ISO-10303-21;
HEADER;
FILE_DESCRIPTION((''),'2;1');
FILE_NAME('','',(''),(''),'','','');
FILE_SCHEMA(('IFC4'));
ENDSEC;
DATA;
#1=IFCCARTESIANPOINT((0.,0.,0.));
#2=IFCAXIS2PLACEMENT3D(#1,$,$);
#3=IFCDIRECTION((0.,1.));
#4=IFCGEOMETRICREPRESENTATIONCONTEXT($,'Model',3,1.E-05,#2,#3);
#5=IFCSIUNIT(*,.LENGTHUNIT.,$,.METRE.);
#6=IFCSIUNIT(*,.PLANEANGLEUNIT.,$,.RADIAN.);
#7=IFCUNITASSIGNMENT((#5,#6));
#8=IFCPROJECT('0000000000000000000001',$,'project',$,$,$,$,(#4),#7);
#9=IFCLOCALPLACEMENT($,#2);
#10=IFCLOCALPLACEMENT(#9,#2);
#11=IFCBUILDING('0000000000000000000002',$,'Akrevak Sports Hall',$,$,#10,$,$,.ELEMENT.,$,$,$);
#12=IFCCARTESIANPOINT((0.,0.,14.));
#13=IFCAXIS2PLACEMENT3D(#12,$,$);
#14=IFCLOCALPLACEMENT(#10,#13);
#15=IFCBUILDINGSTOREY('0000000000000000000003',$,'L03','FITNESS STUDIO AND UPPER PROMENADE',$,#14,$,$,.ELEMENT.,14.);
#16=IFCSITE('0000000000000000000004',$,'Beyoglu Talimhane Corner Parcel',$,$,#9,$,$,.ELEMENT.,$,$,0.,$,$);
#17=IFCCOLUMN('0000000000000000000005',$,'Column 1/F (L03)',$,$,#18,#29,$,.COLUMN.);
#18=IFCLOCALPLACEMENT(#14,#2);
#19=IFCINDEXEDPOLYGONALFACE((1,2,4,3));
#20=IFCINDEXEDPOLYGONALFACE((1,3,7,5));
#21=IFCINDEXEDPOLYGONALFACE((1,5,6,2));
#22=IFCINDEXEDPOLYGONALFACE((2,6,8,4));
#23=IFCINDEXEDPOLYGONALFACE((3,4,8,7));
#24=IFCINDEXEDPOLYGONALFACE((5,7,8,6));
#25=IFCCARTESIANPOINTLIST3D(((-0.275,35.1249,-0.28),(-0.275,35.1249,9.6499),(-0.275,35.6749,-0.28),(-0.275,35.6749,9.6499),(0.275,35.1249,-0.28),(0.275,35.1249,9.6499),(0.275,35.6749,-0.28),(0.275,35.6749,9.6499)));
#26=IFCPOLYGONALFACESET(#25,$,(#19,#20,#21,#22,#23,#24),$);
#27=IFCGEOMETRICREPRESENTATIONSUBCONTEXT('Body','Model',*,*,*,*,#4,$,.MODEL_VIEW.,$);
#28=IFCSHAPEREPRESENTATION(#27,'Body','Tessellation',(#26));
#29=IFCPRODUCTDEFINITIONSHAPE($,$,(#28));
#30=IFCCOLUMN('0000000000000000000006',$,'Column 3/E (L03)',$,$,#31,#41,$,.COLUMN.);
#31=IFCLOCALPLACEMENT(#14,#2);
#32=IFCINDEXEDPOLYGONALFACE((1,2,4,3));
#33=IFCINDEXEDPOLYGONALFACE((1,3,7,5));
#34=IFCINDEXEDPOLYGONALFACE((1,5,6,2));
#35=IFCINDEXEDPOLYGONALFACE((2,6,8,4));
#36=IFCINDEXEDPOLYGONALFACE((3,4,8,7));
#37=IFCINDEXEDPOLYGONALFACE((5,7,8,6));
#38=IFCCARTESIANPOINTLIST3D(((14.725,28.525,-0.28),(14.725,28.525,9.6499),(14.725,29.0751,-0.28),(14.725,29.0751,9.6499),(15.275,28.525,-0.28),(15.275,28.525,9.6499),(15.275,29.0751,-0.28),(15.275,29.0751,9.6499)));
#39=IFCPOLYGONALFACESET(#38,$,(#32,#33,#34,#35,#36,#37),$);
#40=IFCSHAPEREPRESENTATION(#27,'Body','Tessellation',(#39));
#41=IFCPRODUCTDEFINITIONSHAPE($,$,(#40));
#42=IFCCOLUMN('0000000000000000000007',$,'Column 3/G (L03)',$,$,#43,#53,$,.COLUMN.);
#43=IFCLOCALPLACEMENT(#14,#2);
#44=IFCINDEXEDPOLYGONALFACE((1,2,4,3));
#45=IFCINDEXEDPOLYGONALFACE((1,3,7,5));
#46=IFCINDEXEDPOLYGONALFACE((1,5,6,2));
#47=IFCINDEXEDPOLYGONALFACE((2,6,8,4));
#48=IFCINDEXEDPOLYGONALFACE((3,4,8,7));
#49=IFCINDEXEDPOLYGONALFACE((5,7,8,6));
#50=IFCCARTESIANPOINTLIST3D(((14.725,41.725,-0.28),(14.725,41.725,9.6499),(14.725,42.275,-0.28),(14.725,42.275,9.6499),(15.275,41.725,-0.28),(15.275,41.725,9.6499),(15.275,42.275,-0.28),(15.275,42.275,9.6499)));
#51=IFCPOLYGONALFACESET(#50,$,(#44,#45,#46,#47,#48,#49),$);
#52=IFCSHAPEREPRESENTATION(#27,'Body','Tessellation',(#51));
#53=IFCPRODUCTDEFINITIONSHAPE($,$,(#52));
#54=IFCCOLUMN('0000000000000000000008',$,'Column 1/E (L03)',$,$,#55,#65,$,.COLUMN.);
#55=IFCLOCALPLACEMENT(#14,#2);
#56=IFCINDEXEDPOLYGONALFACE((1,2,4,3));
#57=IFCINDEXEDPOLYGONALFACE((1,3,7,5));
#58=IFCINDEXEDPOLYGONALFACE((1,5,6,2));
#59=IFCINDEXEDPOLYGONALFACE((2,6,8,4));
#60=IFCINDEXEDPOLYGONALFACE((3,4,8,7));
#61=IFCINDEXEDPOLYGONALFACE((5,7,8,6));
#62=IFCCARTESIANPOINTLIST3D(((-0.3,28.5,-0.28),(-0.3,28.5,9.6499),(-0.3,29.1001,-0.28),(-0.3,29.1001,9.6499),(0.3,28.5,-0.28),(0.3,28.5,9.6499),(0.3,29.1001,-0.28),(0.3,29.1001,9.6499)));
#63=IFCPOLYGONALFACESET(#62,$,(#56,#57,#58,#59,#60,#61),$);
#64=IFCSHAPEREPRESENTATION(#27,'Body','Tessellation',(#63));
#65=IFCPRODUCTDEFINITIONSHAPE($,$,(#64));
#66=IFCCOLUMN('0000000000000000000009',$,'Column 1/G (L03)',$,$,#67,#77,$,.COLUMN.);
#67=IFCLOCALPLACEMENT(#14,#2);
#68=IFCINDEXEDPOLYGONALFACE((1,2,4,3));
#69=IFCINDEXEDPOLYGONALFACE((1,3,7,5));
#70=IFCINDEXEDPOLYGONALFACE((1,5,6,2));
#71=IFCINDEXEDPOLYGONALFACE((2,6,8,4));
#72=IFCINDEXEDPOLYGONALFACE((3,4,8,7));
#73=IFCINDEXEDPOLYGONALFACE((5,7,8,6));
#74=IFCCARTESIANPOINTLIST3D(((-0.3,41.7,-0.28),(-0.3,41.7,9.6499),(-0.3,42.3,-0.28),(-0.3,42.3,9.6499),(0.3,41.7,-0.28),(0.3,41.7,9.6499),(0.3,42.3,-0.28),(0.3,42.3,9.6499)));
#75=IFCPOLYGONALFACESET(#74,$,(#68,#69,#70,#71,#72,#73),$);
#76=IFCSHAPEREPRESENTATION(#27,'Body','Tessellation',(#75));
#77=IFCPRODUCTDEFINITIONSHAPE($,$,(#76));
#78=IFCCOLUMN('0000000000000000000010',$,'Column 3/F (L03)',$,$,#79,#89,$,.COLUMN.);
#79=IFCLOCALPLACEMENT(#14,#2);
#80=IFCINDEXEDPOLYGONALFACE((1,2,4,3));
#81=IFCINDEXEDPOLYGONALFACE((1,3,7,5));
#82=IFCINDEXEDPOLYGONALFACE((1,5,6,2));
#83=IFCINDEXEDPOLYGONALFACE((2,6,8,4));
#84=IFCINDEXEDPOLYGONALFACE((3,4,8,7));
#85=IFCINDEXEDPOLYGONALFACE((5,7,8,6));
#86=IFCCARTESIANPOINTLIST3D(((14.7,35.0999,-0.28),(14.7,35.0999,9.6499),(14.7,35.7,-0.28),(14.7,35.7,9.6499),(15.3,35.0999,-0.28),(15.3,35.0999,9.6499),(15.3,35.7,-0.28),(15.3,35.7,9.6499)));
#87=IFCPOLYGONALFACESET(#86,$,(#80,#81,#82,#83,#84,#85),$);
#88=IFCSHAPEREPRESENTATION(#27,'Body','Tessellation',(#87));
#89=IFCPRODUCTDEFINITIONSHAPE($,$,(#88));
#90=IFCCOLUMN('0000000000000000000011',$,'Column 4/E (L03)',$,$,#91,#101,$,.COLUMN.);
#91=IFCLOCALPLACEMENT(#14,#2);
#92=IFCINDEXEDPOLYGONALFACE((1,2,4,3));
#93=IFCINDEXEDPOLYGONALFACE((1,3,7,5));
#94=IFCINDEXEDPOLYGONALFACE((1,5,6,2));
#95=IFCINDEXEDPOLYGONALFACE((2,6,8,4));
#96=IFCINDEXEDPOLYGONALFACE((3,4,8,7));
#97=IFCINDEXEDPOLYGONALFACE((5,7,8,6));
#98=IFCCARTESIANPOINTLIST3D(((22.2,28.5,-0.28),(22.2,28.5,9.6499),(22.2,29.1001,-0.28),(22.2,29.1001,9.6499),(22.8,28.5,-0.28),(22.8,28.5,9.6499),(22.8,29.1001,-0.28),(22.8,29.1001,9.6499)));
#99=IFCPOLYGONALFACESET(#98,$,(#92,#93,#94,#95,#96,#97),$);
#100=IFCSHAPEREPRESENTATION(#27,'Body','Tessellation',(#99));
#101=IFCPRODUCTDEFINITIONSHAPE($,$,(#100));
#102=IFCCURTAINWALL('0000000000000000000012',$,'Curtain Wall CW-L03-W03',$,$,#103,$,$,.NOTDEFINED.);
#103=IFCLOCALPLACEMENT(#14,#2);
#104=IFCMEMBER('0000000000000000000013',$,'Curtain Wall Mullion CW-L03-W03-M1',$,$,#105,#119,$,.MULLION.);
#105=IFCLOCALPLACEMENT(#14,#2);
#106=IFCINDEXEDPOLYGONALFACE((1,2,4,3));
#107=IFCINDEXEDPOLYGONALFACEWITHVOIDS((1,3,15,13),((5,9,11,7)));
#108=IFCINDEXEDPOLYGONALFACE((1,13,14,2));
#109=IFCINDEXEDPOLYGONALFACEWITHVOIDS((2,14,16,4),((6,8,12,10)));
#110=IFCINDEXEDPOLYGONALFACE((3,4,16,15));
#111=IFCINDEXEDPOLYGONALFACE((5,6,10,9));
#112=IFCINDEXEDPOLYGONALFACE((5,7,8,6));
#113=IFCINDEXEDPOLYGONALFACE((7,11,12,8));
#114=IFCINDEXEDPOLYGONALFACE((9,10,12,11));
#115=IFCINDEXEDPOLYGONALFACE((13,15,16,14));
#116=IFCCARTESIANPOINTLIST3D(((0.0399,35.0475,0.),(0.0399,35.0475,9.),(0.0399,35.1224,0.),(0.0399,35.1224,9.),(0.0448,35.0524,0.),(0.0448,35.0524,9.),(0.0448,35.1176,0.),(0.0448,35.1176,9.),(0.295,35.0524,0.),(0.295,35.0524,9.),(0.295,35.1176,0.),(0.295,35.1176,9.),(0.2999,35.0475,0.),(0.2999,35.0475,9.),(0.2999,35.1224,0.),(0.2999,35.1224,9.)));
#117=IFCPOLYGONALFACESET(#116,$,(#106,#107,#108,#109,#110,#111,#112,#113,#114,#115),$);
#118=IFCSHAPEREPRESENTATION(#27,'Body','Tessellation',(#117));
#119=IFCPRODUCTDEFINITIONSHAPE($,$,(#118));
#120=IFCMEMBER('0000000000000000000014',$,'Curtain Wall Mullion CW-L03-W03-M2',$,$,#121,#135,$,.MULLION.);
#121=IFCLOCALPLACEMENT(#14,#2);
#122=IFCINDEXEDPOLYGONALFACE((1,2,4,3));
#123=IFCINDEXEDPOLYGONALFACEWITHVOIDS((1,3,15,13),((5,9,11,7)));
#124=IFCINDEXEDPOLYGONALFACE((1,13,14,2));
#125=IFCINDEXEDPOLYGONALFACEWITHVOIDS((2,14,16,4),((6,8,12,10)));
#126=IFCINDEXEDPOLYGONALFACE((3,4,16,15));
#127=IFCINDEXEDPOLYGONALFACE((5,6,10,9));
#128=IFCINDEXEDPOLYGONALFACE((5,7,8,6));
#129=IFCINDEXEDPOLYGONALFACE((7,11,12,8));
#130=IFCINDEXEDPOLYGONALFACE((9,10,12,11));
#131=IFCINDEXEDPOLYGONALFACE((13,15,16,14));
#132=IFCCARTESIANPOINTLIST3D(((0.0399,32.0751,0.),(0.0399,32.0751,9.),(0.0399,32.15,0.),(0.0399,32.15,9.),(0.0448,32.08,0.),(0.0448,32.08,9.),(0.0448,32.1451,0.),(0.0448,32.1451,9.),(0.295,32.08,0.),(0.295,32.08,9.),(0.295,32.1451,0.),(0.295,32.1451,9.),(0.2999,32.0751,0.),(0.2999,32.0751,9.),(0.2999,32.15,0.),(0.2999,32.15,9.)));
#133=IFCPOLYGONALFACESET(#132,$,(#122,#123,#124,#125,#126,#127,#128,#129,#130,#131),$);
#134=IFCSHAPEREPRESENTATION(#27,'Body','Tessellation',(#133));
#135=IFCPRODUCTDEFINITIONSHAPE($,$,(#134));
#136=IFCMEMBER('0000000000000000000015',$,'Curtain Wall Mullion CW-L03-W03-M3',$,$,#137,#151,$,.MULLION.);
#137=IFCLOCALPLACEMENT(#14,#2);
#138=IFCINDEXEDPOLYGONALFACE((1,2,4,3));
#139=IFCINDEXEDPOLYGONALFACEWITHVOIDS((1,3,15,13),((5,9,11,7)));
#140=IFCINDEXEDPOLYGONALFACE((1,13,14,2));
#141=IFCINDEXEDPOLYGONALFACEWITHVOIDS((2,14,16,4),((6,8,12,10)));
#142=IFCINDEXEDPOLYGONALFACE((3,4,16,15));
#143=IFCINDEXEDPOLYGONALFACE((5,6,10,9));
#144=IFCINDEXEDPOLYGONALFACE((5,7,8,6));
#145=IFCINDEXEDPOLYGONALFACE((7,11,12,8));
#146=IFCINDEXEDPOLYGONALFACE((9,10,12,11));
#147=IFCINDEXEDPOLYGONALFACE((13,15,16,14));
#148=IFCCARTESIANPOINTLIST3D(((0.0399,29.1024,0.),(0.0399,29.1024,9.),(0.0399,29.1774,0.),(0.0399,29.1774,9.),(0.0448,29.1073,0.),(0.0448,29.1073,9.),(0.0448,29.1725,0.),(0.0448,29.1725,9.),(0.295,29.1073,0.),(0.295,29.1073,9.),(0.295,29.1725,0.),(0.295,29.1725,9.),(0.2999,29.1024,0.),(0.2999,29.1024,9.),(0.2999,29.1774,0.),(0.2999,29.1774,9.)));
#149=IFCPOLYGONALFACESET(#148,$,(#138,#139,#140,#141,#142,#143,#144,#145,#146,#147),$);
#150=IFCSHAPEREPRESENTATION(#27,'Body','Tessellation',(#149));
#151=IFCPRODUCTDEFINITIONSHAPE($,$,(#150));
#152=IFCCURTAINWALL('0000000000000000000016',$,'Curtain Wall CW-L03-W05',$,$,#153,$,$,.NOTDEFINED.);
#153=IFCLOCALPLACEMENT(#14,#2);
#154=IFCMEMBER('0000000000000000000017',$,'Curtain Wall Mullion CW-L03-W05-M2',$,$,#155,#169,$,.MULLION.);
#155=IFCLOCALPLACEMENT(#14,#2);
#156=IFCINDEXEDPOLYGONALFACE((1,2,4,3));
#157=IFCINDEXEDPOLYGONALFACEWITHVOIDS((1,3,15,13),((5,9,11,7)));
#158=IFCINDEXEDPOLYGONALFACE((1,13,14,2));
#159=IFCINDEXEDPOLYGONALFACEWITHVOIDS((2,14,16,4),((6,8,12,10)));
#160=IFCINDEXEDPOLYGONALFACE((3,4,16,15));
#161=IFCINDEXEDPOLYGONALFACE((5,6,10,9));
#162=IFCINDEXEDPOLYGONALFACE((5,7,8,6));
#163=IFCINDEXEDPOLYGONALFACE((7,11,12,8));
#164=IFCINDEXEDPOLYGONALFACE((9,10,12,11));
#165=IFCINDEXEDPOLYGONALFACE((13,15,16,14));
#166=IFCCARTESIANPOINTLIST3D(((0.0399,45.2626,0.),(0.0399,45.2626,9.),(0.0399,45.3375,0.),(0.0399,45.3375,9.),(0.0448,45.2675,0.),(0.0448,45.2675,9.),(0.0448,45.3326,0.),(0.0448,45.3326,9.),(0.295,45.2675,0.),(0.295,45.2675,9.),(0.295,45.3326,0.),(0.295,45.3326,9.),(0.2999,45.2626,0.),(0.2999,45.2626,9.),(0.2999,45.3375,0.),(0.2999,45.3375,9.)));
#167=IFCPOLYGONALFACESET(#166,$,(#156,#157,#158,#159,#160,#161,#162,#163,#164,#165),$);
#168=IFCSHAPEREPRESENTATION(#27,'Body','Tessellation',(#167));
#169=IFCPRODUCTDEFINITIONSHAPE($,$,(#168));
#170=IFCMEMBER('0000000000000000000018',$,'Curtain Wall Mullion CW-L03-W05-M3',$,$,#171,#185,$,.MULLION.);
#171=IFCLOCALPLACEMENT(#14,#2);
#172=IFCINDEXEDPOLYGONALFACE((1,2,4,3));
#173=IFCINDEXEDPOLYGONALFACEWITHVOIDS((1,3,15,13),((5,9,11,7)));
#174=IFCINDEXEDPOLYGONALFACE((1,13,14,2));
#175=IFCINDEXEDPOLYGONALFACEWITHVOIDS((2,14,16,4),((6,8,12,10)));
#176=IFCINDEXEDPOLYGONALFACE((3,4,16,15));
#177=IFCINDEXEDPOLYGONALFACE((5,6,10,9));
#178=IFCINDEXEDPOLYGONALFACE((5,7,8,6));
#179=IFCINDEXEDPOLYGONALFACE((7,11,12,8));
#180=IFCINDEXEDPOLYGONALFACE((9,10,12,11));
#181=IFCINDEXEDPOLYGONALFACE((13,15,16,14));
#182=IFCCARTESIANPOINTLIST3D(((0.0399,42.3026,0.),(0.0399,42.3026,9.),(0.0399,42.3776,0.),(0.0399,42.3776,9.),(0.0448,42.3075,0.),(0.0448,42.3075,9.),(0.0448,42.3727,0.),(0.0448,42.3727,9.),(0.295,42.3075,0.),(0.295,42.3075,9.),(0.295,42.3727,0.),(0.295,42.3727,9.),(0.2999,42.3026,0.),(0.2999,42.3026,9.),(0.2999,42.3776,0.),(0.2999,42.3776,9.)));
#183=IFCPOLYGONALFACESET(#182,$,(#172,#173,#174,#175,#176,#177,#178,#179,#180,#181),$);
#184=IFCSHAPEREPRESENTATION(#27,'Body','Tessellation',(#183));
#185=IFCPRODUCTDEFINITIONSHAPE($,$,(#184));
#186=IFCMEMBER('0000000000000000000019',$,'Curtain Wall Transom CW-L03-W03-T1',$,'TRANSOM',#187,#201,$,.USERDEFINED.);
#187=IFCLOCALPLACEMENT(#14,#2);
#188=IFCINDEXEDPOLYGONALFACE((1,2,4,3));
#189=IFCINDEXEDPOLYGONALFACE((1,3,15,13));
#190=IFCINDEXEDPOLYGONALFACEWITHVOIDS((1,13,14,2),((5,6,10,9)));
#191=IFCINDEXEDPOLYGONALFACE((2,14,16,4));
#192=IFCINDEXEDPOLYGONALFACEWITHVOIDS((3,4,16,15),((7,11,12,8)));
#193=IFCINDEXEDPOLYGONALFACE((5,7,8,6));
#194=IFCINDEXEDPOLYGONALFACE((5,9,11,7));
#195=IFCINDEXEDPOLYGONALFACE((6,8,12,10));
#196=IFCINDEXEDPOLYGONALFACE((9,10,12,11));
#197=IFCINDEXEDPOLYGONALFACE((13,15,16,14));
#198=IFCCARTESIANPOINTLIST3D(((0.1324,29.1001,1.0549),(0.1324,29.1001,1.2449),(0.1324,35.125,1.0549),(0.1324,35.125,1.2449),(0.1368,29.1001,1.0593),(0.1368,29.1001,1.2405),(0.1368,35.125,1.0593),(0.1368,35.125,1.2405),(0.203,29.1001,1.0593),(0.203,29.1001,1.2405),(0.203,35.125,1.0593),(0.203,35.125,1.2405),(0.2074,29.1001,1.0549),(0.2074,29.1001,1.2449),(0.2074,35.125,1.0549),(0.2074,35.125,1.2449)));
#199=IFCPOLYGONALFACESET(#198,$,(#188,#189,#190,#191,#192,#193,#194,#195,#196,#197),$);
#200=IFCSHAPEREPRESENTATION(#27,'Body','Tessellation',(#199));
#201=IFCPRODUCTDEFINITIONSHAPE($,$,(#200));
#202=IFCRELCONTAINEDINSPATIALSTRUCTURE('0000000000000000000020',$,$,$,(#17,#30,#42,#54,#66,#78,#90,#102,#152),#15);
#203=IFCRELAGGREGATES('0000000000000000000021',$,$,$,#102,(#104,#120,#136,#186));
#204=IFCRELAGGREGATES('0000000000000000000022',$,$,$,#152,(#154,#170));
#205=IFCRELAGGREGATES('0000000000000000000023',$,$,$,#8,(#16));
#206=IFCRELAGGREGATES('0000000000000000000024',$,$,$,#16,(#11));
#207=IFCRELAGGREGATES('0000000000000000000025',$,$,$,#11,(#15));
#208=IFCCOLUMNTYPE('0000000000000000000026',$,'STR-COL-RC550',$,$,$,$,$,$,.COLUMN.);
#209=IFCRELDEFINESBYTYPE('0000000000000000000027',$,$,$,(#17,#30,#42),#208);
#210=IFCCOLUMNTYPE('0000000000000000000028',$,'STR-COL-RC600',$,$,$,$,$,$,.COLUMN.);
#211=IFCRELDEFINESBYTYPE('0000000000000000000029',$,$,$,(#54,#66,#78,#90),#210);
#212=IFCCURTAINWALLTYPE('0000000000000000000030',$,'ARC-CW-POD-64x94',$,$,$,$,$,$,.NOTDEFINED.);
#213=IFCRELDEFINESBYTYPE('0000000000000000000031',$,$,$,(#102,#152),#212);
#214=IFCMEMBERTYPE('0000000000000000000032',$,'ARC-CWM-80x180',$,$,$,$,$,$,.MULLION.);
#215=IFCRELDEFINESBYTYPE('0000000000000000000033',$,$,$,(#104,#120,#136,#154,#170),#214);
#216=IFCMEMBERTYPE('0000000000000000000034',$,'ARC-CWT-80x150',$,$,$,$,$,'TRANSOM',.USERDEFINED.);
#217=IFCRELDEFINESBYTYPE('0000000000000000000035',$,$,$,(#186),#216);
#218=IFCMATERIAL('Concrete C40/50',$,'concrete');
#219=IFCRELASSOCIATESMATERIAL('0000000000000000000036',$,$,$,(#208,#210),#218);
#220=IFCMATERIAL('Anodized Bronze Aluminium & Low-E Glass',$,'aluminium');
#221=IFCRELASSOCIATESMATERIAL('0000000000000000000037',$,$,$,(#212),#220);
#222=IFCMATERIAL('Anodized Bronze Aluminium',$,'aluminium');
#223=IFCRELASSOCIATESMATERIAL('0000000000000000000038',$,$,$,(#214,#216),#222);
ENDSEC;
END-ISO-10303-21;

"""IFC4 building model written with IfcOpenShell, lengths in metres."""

from ifc_helpers import new_model, si_unit, direction, frame, origin, origin_2d, place, context, subcontext, project, spatial, rectangle, hollow_rectangle, extrude, material, material_profile, profile_set, type_object, element, aggregate, save


model = new_model("IFC4")

# Units and contexts
model_context = context("Model", 3, precision=1e-05, world=origin(), true_north=direction((0.0, 1.0)))
body_context = subcontext(model_context, "Body", "Model", "MODEL_VIEW")
ifc_project = project(units=[si_unit("LENGTHUNIT", "METRE"), si_unit("PLANEANGLEUNIT", "RADIAN")], contexts=[model_context])

# Site, building, storey
site_placement = place(None, origin())
site = spatial("IfcSite", under=ifc_project, at=site_placement, Name="Beyoglu Talimhane Corner Parcel", CompositionType="ELEMENT", RefElevation=0.0)
building_placement = place(site_placement, origin())
building = spatial("IfcBuilding", under=site, at=building_placement, Name="Akrevak Sports Hall", CompositionType="ELEMENT")
storey_placement = place(building_placement, frame((0.0, 0.0, 14.0)))
storey = spatial("IfcBuildingStorey", under=building, at=storey_placement, Name="L03", Description="FITNESS STUDIO AND UPPER PROMENADE", CompositionType="ELEMENT", Elevation=14.0)

# Columns
ifc_material_1 = material(Name="Concrete C40/50", Category="concrete")
ifc_material_profile_1 = material_profile(ifc_material_1, rectangle(XDim=0.55, YDim=0.55, at=origin_2d()), Name="RC 550x550", Category="concrete")
ifc_profile_set_1 = profile_set([ifc_material_profile_1], Name="Concrete C40/50")
column_type_1 = type_object("IfcColumnType", Name="STR-COL-RC550", PredefinedType="COLUMN", material=ifc_profile_set_1)
for number, where, z_axis, x_axis, name in (
    (1, (0.0, 35.3999, -0.28), (0.0, 0.0, 1.0), (1.0, 0.0, 0.0), "Column 1/F (L03)"),
    (2, (15.0, 28.8, -0.28), (0.0, 0.0, 1.0), (1.0, 0.0, 0.0), "Column 3/E (L03)"),
    (3, (15.0, 42.0, -0.28), (0.0, 0.0, 1.0), (1.0, 0.0, 0.0), "Column 3/G (L03)"),
):
    element("IfcColumn", number, at=place(storey_placement, frame(where, z_axis=z_axis, x_axis=x_axis)), inside=storey, type_object=column_type_1, Name=name, PredefinedType="COLUMN", context=body_context, shape_type="SweptSolid", body=[
        extrude(rectangle(XDim=0.55, YDim=0.55, at=origin_2d()), origin(), (0.0, 0.0, 1.0), 9.9299),
    ])
ifc_material_profile_2 = material_profile(ifc_material_1, rectangle(XDim=0.6001, YDim=0.6001, at=origin_2d()), Name="RC 600x600", Category="concrete")
ifc_profile_set_2 = profile_set([ifc_material_profile_2], Name="Concrete C40/50")
column_type_2 = type_object("IfcColumnType", Name="STR-COL-RC600", PredefinedType="COLUMN", material=ifc_profile_set_2)
for number, where, z_axis, x_axis, name in (
    (4, (0.0, 28.8, -0.28), (0.0, 0.0, 1.0), (1.0, 0.0, 0.0), "Column 1/E (L03)"),
    (5, (0.0, 42.0, -0.28), (0.0, 0.0, 1.0), (1.0, 0.0, 0.0), "Column 1/G (L03)"),
    (6, (15.0, 35.3999, -0.28), (0.0, 0.0, 1.0), (1.0, 0.0, 0.0), "Column 3/F (L03)"),
    (7, (22.5, 28.8, -0.28), (0.0, 0.0, 1.0), (1.0, 0.0, 0.0), "Column 4/E (L03)"),
):
    element("IfcColumn", number, at=place(storey_placement, frame(where, z_axis=z_axis, x_axis=x_axis)), inside=storey, type_object=column_type_2, Name=name, PredefinedType="COLUMN", context=body_context, shape_type="SweptSolid", body=[
        extrude(rectangle(XDim=0.6001, YDim=0.6001, at=origin_2d()), origin(), (0.0, 0.0, 1.0), 9.9299),
    ])

# Curtain walls, members
ifc_material_2 = material(Name="Anodized Bronze Aluminium & Low-E Glass", Category="aluminium")
curtain_wall_type = type_object("IfcCurtainWallType", Name="ARC-CW-POD-64x94", PredefinedType="NOTDEFINED", material=ifc_material_2)
curtain_wall_1_placement = place(storey_placement, origin())
curtain_wall_1 = element("IfcCurtainWall", 8, at=curtain_wall_1_placement, inside=storey, type_object=curtain_wall_type, Name="Curtain Wall CW-L03-W03", PredefinedType="NOTDEFINED")
ifc_material_3 = material(Name="Anodized Bronze Aluminium", Category="aluminium")
ifc_material_profile_3 = material_profile(ifc_material_3, hollow_rectangle(XDim=0.075, YDim=0.26, WallThickness=0.0049, at=origin_2d()), Name="CWM 75x260", Category="aluminium")
ifc_profile_set_3 = profile_set([ifc_material_profile_3], Name="Anodized Bronze Aluminium")
member_type_1 = type_object("IfcMemberType", Name="ARC-CWM-80x180", PredefinedType="MULLION", material=ifc_profile_set_3)
member_1_placement = place(storey_placement, frame((0.1699, 35.085, 0.0), z_axis=(0.0, 0.0, 1.0), x_axis=(0.0, -1.0, 0.0)))
member_1 = element("IfcMember", 9, at=member_1_placement, type_object=member_type_1, Name="Curtain Wall Mullion CW-L03-W03-M1", PredefinedType="MULLION", context=body_context, shape_type="SweptSolid", body=[
    extrude(hollow_rectangle(XDim=0.075, YDim=0.26, WallThickness=0.0049, at=origin_2d()), origin(), (0.0, 0.0, 1.0), 9.0),
])
member_2_placement = place(storey_placement, frame((0.1699, 32.1125, 0.0), z_axis=(0.0, 0.0, 1.0), x_axis=(0.0, -1.0, 0.0)))
member_2 = element("IfcMember", 10, at=member_2_placement, type_object=member_type_1, Name="Curtain Wall Mullion CW-L03-W03-M2", PredefinedType="MULLION", context=body_context, shape_type="SweptSolid", body=[
    extrude(hollow_rectangle(XDim=0.075, YDim=0.26, WallThickness=0.0049, at=origin_2d()), origin(), (0.0, 0.0, 1.0), 9.0),
])
member_3_placement = place(storey_placement, frame((0.1699, 29.1399, 0.0), z_axis=(0.0, 0.0, 1.0), x_axis=(0.0, -1.0, 0.0)))
member_3 = element("IfcMember", 11, at=member_3_placement, type_object=member_type_1, Name="Curtain Wall Mullion CW-L03-W03-M3", PredefinedType="MULLION", context=body_context, shape_type="SweptSolid", body=[
    extrude(hollow_rectangle(XDim=0.075, YDim=0.26, WallThickness=0.0049, at=origin_2d()), origin(), (0.0, 0.0, 1.0), 9.0),
])
curtain_wall_2_placement = place(storey_placement, origin())
curtain_wall_2 = element("IfcCurtainWall", 12, at=curtain_wall_2_placement, inside=storey, type_object=curtain_wall_type, Name="Curtain Wall CW-L03-W05", PredefinedType="NOTDEFINED")
member_4_placement = place(storey_placement, frame((0.1699, 45.3, 0.0), z_axis=(0.0, 0.0, 1.0), x_axis=(0.0, -1.0, 0.0)))
member_4 = element("IfcMember", 13, at=member_4_placement, type_object=member_type_1, Name="Curtain Wall Mullion CW-L03-W05-M2", PredefinedType="MULLION", context=body_context, shape_type="SweptSolid", body=[
    extrude(hollow_rectangle(XDim=0.075, YDim=0.26, WallThickness=0.0049, at=origin_2d()), origin(), (0.0, 0.0, 1.0), 9.0),
])
member_5_placement = place(storey_placement, frame((0.1699, 42.3401, 0.0), z_axis=(0.0, 0.0, 1.0), x_axis=(0.0, -1.0, 0.0)))
member_5 = element("IfcMember", 14, at=member_5_placement, type_object=member_type_1, Name="Curtain Wall Mullion CW-L03-W05-M3", PredefinedType="MULLION", context=body_context, shape_type="SweptSolid", body=[
    extrude(hollow_rectangle(XDim=0.075, YDim=0.26, WallThickness=0.0049, at=origin_2d()), origin(), (0.0, 0.0, 1.0), 9.0),
])

# Member
ifc_material_profile_4 = material_profile(ifc_material_3, hollow_rectangle(XDim=0.075, YDim=0.1899, WallThickness=0.0044, at=origin_2d()), Name="CWT 75x190", Category="aluminium")
ifc_profile_set_4 = profile_set([ifc_material_profile_4], Name="Anodized Bronze Aluminium")
member_type_2 = type_object("IfcMemberType", Name="ARC-CWT-80x150", ElementType="TRANSOM", PredefinedType="USERDEFINED", material=ifc_profile_set_4)
member_6_placement = place(storey_placement, frame((0.1699, 35.125, 1.1499), z_axis=(0.0, -1.0, 0.0), x_axis=(1.0, 0.0, 0.0)))
member_6 = element("IfcMember", 15, at=member_6_placement, type_object=member_type_2, Name="Curtain Wall Transom CW-L03-W03-T1", ObjectType="TRANSOM", PredefinedType="USERDEFINED", context=body_context, shape_type="SweptSolid", body=[
    extrude(hollow_rectangle(XDim=0.075, YDim=0.1899, WallThickness=0.0044, at=origin_2d()), origin(), (0.0, 0.0, 1.0), 6.0249),
])

aggregate(curtain_wall_1, [member_1, member_2, member_3, member_6])
aggregate(curtain_wall_2, [member_4, member_5])

save(model, "model.ifc")
